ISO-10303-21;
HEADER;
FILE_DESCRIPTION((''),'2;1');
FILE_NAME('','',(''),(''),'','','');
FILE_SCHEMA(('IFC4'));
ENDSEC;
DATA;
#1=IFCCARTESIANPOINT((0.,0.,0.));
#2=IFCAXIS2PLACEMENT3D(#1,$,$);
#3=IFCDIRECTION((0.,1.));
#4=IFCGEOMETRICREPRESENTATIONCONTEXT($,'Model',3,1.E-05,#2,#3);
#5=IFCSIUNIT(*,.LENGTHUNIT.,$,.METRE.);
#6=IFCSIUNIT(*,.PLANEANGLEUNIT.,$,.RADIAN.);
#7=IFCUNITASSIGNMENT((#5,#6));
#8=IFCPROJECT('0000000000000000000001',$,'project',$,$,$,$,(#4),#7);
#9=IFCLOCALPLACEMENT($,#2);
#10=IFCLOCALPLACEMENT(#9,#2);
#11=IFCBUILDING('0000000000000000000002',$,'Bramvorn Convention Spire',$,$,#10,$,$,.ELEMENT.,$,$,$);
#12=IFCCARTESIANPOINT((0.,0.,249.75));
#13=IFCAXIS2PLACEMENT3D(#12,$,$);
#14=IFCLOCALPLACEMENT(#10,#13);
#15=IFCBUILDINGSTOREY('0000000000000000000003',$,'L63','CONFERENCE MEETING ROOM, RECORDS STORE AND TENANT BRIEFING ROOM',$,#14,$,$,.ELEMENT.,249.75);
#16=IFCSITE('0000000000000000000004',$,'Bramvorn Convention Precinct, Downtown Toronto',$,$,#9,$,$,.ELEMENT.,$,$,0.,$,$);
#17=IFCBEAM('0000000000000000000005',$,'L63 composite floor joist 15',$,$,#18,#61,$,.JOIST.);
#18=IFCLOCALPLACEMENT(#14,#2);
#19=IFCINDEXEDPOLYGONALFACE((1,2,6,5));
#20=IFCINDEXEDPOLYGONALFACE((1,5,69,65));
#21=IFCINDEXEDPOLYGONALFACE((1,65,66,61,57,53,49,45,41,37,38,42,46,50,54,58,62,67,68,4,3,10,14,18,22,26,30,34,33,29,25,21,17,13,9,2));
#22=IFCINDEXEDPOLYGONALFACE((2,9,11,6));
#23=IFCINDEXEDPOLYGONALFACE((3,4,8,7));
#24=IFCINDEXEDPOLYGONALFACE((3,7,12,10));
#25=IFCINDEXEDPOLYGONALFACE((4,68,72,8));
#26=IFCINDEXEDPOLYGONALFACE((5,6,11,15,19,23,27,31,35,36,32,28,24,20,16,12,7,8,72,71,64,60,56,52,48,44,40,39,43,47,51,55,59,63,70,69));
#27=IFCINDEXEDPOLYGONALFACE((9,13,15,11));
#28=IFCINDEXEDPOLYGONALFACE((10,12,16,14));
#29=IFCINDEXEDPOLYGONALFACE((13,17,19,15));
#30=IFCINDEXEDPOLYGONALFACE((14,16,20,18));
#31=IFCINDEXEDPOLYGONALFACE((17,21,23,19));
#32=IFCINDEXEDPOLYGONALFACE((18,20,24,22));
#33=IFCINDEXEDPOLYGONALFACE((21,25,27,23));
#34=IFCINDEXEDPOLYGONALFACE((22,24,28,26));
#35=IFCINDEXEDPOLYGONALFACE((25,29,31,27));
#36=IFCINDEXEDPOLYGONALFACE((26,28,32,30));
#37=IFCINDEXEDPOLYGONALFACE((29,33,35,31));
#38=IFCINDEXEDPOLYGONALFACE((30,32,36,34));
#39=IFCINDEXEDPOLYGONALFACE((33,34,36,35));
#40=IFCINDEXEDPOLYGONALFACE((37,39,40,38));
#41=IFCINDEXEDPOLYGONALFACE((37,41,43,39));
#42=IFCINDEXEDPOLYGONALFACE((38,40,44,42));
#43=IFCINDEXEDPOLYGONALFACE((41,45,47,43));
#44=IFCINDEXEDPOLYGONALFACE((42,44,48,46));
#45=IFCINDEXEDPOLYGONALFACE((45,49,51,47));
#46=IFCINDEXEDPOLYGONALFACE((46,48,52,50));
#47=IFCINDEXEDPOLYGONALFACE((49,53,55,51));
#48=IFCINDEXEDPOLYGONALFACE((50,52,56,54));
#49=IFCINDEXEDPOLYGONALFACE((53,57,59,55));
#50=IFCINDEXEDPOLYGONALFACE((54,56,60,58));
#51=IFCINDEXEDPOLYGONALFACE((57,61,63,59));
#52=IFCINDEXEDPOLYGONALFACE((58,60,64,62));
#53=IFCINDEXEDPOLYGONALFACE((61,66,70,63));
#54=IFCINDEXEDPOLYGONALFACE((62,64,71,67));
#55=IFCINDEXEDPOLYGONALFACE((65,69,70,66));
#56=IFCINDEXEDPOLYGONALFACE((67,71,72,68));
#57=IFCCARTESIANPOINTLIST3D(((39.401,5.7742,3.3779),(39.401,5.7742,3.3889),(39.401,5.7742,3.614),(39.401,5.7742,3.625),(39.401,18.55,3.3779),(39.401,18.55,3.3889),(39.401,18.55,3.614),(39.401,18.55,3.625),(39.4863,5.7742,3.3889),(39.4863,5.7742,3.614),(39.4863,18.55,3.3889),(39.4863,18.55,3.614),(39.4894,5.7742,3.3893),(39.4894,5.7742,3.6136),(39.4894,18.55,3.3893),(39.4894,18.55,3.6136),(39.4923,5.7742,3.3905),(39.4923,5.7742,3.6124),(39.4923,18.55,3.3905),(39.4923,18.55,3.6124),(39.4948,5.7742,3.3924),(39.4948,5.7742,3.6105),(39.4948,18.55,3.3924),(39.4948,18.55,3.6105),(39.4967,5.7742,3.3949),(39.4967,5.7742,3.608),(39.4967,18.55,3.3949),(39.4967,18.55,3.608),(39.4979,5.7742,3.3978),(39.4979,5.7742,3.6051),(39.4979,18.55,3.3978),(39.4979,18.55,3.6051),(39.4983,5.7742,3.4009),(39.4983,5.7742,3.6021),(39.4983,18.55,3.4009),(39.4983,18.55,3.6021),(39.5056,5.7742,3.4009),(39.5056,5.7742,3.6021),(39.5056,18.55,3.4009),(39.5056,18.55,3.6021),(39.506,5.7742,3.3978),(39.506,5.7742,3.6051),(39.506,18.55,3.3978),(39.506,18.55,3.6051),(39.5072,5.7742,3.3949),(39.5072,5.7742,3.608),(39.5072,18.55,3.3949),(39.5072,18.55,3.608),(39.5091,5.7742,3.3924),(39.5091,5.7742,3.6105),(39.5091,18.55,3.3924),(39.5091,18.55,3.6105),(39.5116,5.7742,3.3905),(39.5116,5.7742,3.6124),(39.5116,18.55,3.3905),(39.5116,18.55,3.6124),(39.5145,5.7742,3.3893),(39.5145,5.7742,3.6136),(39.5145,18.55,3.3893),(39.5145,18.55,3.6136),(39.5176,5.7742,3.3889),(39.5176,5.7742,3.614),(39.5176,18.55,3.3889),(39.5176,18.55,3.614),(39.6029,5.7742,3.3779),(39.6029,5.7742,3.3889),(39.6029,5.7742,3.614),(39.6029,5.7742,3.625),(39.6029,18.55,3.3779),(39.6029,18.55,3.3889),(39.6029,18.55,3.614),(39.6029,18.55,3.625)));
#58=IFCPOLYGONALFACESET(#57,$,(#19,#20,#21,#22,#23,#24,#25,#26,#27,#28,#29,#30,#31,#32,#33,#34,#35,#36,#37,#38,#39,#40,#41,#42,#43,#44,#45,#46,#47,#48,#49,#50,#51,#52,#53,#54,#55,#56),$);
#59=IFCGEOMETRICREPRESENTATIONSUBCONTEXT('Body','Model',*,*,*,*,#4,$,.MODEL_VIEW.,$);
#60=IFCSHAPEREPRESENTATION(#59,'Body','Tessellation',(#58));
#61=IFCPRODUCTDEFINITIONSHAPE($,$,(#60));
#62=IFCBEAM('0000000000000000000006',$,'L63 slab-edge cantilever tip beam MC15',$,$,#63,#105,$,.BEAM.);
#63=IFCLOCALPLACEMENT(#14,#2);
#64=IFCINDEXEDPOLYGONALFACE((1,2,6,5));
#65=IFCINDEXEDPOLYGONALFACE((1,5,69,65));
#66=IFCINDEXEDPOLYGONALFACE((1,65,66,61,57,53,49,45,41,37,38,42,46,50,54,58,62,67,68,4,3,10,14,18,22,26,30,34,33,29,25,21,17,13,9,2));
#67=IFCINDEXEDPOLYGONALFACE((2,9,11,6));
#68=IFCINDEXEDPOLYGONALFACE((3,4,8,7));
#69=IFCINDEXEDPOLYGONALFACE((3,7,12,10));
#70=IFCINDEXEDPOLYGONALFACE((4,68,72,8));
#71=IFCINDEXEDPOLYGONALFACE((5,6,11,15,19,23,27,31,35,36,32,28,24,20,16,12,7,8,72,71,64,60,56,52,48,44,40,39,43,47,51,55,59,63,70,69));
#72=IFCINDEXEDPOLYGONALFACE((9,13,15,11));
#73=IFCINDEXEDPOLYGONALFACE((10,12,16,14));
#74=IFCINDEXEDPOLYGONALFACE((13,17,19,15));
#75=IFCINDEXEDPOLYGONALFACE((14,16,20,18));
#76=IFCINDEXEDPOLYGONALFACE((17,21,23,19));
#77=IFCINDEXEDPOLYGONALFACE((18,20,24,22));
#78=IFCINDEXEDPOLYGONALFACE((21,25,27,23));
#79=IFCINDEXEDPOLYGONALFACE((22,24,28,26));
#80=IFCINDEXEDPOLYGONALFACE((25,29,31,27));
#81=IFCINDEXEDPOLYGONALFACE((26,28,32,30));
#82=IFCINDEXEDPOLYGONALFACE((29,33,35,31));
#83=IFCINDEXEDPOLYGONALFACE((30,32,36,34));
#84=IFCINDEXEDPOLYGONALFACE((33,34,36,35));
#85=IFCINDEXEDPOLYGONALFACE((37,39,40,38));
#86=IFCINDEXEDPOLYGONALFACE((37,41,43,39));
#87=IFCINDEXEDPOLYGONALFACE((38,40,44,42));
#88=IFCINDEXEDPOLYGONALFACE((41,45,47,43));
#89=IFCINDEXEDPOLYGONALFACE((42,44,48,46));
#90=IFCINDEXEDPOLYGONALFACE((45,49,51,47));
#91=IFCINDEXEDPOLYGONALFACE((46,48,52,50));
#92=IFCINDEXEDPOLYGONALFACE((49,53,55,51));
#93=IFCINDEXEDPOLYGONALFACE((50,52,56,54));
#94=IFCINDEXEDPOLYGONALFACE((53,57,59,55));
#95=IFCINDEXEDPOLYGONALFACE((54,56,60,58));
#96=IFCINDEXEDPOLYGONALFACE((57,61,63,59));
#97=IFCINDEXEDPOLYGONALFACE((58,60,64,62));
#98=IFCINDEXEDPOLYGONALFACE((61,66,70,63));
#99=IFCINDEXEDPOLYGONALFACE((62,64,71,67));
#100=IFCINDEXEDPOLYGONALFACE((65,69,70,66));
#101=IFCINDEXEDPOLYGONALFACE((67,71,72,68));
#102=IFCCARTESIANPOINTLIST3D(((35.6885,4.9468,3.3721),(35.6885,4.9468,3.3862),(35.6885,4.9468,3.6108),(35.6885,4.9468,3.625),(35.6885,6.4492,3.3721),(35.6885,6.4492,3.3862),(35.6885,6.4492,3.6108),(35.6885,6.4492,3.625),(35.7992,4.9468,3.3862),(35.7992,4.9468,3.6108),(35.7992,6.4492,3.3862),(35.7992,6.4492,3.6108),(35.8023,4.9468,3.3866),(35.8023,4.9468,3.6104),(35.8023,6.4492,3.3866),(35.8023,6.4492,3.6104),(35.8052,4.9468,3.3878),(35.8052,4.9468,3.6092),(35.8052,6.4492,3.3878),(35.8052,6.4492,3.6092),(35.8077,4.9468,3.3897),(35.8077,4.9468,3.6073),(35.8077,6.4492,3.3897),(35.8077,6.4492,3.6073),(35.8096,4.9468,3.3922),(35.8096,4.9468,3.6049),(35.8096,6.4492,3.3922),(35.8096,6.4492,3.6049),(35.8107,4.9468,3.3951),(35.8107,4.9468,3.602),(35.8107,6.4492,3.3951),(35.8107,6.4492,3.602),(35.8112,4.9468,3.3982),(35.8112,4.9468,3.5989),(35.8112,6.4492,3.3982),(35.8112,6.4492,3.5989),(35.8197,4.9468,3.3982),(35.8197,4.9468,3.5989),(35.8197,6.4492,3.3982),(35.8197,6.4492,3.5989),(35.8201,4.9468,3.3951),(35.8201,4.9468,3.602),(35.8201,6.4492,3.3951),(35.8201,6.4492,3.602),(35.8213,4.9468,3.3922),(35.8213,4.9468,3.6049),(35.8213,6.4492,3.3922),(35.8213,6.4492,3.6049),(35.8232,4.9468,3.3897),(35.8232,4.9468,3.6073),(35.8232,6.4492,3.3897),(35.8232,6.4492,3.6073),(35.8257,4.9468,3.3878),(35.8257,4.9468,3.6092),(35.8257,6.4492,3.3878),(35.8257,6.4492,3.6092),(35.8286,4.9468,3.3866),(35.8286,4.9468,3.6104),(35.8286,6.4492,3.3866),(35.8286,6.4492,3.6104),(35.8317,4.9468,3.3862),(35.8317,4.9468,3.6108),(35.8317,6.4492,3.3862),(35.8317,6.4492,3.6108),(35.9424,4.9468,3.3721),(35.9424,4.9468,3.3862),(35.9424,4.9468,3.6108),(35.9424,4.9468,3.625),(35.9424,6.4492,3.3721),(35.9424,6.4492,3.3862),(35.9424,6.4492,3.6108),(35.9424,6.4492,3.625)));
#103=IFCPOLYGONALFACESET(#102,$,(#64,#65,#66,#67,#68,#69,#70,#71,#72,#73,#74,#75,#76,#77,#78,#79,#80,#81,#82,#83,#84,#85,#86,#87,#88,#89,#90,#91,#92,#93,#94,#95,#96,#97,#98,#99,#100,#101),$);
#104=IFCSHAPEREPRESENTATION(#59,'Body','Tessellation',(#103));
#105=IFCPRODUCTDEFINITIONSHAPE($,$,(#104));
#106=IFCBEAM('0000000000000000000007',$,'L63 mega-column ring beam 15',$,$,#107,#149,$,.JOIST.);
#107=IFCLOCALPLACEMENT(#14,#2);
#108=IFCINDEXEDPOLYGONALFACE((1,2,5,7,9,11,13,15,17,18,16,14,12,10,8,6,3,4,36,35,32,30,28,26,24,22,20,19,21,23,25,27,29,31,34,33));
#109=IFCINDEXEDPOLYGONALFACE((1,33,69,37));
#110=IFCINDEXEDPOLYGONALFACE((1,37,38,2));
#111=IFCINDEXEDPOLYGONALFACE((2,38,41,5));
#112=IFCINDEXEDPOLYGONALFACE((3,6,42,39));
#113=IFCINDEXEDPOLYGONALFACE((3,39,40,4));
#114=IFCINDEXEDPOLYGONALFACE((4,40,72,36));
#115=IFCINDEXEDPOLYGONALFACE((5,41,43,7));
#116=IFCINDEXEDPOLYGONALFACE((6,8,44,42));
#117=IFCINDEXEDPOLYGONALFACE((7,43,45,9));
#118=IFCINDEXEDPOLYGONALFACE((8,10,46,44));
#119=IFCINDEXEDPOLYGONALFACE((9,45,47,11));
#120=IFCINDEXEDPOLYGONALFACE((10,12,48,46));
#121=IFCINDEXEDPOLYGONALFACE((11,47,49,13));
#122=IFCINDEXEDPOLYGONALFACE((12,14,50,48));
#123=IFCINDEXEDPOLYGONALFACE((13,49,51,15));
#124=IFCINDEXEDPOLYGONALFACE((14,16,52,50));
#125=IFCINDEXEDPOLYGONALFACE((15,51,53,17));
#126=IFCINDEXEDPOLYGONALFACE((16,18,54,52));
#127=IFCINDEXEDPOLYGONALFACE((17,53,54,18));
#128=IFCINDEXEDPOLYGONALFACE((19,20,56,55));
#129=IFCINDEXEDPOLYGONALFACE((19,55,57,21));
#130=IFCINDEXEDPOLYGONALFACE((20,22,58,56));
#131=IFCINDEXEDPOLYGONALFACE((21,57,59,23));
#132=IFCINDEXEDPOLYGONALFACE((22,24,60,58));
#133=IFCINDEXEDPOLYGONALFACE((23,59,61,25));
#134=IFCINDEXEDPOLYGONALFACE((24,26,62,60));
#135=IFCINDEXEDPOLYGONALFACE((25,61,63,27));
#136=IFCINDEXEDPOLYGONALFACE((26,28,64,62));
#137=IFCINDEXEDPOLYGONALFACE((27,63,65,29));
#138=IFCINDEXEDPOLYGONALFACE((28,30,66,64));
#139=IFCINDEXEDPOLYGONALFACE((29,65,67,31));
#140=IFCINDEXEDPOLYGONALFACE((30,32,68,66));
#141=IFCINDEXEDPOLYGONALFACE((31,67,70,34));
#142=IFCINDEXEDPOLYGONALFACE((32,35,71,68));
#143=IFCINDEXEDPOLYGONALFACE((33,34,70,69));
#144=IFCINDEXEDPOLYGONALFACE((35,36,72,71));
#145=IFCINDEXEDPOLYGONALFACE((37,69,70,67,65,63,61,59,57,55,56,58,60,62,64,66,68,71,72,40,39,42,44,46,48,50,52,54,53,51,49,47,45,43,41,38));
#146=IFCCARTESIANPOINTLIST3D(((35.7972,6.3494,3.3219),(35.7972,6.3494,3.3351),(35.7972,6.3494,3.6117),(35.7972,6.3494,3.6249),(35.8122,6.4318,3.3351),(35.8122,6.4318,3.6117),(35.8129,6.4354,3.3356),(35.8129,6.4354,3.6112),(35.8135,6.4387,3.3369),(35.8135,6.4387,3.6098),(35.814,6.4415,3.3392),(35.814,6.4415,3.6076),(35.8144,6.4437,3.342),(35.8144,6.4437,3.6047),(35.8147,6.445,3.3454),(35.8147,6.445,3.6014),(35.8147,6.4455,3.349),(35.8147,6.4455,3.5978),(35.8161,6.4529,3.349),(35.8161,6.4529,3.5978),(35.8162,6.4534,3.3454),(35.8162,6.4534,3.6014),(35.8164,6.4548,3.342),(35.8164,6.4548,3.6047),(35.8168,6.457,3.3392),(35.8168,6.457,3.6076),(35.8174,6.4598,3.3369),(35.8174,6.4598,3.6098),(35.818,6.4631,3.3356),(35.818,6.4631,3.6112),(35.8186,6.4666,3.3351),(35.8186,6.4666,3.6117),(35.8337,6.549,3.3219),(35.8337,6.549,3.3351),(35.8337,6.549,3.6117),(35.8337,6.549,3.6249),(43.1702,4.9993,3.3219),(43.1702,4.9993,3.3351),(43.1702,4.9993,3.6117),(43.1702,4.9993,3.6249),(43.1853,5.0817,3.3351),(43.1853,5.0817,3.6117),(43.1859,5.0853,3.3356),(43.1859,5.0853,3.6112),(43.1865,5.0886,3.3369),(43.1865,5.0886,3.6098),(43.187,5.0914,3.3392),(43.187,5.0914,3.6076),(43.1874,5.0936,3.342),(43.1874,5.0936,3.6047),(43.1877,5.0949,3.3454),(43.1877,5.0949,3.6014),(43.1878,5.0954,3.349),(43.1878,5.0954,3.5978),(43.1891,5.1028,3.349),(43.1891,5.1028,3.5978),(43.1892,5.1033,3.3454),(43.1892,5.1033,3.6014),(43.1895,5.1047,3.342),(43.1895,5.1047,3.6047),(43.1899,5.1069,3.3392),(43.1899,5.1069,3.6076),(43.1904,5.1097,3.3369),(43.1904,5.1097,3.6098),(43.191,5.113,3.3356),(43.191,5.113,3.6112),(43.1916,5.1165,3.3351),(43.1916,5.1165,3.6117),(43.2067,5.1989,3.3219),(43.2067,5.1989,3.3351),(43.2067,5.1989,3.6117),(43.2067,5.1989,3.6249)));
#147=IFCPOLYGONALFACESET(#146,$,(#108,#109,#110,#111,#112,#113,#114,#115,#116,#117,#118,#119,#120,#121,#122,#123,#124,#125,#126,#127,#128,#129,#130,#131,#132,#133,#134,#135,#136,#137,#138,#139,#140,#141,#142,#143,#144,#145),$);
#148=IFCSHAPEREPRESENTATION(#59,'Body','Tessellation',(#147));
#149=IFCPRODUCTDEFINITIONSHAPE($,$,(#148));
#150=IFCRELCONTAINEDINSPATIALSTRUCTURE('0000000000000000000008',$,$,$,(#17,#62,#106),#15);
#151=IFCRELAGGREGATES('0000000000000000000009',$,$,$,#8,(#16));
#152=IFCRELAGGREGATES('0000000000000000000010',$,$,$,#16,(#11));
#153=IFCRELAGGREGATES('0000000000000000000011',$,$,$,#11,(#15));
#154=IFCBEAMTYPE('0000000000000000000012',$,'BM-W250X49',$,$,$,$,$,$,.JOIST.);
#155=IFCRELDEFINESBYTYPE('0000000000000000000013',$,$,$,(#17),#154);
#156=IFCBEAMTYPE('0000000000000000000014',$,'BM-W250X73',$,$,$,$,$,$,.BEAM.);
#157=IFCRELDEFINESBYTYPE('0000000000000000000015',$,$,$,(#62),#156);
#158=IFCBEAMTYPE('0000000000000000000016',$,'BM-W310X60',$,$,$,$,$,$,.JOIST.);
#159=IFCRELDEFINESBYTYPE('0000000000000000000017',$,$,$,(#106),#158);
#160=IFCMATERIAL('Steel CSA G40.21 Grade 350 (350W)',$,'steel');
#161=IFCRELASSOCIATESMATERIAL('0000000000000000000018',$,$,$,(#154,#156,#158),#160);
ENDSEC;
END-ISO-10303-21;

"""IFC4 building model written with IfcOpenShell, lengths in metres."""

from ifc_helpers import new_model, si_unit, direction, frame, origin, origin_2d, place, context, subcontext, project, spatial, i_section, extrude, material, material_profile, profile_set, type_object, element, save


model = new_model("IFC4")

# Units and contexts
model_context = context("Model", 3, precision=1e-05, world=origin(), true_north=direction((0.0, 1.0)))
body_context = subcontext(model_context, "Body", "Model", "MODEL_VIEW")
ifc_project = project(units=[si_unit("LENGTHUNIT", "METRE"), si_unit("PLANEANGLEUNIT", "RADIAN")], contexts=[model_context])

# Site, building, storey
site_placement = place(None, origin())
site = spatial("IfcSite", under=ifc_project, at=site_placement, Name="Bramvorn Convention Precinct, Downtown Toronto", CompositionType="ELEMENT", RefElevation=0.0)
building_placement = place(site_placement, origin())
building = spatial("IfcBuilding", under=site, at=building_placement, Name="Bramvorn Convention Spire", CompositionType="ELEMENT")
storey_placement = place(building_placement, frame((0.0, 0.0, 249.75)))
storey = spatial("IfcBuildingStorey", under=building, at=storey_placement, Name="L63", Description="CONFERENCE MEETING ROOM, RECORDS STORE AND TENANT BRIEFING ROOM", CompositionType="ELEMENT", Elevation=249.75)

# Beams
ifc_material_1 = material(Name="Steel CSA G40.21 Grade 350 (350W)", Category="steel")
ifc_material_profile_1 = material_profile(ifc_material_1, i_section(OverallWidth=0.2019, OverallDepth=0.2471, WebThickness=0.0073, FlangeThickness=0.011, FilletRadius=0.012, at=origin_2d()))
ifc_profile_set_1 = profile_set([ifc_material_profile_1], Name="Steel CSA G40.21 Grade 350 (350W) - W250X49")
beam_type_1 = type_object("IfcBeamType", Name="BM-W250X49", PredefinedType="JOIST", material=ifc_profile_set_1)
beam_1_placement = place(storey_placement, frame((39.502, 18.55, 3.5015), z_axis=(0.0, -1.0, 0.0), x_axis=(1.0, 0.0, 0.0)))
element("IfcBeam", 1, at=beam_1_placement, inside=storey, type_object=beam_type_1, Name="L63 composite floor joist 15", PredefinedType="JOIST", context=body_context, shape_type="SweptSolid", body=[
    extrude(i_section(OverallWidth=0.2019, OverallDepth=0.2471, WebThickness=0.0073, FlangeThickness=0.011, FilletRadius=0.012, at=origin_2d()), origin(), (0.0, 0.0, 1.0), 12.7759),
])
ifc_material_profile_2 = material_profile(ifc_material_1, i_section(OverallWidth=0.2539, OverallDepth=0.2529, WebThickness=0.0085, FlangeThickness=0.0142, FilletRadius=0.012, at=origin_2d()))
ifc_profile_set_2 = profile_set([ifc_material_profile_2], Name="Steel CSA G40.21 Grade 350 (350W) - W250X73")
beam_type_2 = type_object("IfcBeamType", Name="BM-W250X73", PredefinedType="BEAM", material=ifc_profile_set_2)
beam_2_placement = place(storey_placement, frame((35.8154, 6.4492, 3.4985), z_axis=(0.0, -1.0, 0.0), x_axis=(1.0, 0.0, 0.0)))
element("IfcBeam", 2, at=beam_2_placement, inside=storey, type_object=beam_type_2, Name="L63 slab-edge cantilever tip beam MC15", PredefinedType="BEAM", context=body_context, shape_type="SweptSolid", body=[
    extrude(i_section(OverallWidth=0.2539, OverallDepth=0.2529, WebThickness=0.0085, FlangeThickness=0.0142, FilletRadius=0.012, at=origin_2d()), origin(), (0.0, 0.0, 1.0), 1.5024),
])
ifc_material_profile_3 = material_profile(ifc_material_1, i_section(OverallWidth=0.2029, OverallDepth=0.303, WebThickness=0.0076, FlangeThickness=0.0132, FilletRadius=0.0139, at=origin_2d()))
ifc_profile_set_3 = profile_set([ifc_material_profile_3], Name="Steel CSA G40.21 Grade 350 (350W) - W310X60")
beam_type_3 = type_object("IfcBeamType", Name="BM-W310X60", PredefinedType="JOIST", material=ifc_profile_set_3)
beam_3_placement = place(storey_placement, frame((35.8154, 6.4492, 3.4734), z_axis=(0.983645, -0.180118, 0.0), x_axis=(0.180118, 0.983645, 0.0)))
element("IfcBeam", 3, at=beam_3_placement, inside=storey, type_object=beam_type_3, Name="L63 mega-column ring beam 15", PredefinedType="JOIST", context=body_context, shape_type="SweptSolid", body=[
    extrude(i_section(OverallWidth=0.2029, OverallDepth=0.303, WebThickness=0.0076, FlangeThickness=0.0132, FilletRadius=0.0139, at=origin_2d()), origin(), (0.0, 0.0, 1.0), 7.4956),
])

save(model, "model.ifc")
